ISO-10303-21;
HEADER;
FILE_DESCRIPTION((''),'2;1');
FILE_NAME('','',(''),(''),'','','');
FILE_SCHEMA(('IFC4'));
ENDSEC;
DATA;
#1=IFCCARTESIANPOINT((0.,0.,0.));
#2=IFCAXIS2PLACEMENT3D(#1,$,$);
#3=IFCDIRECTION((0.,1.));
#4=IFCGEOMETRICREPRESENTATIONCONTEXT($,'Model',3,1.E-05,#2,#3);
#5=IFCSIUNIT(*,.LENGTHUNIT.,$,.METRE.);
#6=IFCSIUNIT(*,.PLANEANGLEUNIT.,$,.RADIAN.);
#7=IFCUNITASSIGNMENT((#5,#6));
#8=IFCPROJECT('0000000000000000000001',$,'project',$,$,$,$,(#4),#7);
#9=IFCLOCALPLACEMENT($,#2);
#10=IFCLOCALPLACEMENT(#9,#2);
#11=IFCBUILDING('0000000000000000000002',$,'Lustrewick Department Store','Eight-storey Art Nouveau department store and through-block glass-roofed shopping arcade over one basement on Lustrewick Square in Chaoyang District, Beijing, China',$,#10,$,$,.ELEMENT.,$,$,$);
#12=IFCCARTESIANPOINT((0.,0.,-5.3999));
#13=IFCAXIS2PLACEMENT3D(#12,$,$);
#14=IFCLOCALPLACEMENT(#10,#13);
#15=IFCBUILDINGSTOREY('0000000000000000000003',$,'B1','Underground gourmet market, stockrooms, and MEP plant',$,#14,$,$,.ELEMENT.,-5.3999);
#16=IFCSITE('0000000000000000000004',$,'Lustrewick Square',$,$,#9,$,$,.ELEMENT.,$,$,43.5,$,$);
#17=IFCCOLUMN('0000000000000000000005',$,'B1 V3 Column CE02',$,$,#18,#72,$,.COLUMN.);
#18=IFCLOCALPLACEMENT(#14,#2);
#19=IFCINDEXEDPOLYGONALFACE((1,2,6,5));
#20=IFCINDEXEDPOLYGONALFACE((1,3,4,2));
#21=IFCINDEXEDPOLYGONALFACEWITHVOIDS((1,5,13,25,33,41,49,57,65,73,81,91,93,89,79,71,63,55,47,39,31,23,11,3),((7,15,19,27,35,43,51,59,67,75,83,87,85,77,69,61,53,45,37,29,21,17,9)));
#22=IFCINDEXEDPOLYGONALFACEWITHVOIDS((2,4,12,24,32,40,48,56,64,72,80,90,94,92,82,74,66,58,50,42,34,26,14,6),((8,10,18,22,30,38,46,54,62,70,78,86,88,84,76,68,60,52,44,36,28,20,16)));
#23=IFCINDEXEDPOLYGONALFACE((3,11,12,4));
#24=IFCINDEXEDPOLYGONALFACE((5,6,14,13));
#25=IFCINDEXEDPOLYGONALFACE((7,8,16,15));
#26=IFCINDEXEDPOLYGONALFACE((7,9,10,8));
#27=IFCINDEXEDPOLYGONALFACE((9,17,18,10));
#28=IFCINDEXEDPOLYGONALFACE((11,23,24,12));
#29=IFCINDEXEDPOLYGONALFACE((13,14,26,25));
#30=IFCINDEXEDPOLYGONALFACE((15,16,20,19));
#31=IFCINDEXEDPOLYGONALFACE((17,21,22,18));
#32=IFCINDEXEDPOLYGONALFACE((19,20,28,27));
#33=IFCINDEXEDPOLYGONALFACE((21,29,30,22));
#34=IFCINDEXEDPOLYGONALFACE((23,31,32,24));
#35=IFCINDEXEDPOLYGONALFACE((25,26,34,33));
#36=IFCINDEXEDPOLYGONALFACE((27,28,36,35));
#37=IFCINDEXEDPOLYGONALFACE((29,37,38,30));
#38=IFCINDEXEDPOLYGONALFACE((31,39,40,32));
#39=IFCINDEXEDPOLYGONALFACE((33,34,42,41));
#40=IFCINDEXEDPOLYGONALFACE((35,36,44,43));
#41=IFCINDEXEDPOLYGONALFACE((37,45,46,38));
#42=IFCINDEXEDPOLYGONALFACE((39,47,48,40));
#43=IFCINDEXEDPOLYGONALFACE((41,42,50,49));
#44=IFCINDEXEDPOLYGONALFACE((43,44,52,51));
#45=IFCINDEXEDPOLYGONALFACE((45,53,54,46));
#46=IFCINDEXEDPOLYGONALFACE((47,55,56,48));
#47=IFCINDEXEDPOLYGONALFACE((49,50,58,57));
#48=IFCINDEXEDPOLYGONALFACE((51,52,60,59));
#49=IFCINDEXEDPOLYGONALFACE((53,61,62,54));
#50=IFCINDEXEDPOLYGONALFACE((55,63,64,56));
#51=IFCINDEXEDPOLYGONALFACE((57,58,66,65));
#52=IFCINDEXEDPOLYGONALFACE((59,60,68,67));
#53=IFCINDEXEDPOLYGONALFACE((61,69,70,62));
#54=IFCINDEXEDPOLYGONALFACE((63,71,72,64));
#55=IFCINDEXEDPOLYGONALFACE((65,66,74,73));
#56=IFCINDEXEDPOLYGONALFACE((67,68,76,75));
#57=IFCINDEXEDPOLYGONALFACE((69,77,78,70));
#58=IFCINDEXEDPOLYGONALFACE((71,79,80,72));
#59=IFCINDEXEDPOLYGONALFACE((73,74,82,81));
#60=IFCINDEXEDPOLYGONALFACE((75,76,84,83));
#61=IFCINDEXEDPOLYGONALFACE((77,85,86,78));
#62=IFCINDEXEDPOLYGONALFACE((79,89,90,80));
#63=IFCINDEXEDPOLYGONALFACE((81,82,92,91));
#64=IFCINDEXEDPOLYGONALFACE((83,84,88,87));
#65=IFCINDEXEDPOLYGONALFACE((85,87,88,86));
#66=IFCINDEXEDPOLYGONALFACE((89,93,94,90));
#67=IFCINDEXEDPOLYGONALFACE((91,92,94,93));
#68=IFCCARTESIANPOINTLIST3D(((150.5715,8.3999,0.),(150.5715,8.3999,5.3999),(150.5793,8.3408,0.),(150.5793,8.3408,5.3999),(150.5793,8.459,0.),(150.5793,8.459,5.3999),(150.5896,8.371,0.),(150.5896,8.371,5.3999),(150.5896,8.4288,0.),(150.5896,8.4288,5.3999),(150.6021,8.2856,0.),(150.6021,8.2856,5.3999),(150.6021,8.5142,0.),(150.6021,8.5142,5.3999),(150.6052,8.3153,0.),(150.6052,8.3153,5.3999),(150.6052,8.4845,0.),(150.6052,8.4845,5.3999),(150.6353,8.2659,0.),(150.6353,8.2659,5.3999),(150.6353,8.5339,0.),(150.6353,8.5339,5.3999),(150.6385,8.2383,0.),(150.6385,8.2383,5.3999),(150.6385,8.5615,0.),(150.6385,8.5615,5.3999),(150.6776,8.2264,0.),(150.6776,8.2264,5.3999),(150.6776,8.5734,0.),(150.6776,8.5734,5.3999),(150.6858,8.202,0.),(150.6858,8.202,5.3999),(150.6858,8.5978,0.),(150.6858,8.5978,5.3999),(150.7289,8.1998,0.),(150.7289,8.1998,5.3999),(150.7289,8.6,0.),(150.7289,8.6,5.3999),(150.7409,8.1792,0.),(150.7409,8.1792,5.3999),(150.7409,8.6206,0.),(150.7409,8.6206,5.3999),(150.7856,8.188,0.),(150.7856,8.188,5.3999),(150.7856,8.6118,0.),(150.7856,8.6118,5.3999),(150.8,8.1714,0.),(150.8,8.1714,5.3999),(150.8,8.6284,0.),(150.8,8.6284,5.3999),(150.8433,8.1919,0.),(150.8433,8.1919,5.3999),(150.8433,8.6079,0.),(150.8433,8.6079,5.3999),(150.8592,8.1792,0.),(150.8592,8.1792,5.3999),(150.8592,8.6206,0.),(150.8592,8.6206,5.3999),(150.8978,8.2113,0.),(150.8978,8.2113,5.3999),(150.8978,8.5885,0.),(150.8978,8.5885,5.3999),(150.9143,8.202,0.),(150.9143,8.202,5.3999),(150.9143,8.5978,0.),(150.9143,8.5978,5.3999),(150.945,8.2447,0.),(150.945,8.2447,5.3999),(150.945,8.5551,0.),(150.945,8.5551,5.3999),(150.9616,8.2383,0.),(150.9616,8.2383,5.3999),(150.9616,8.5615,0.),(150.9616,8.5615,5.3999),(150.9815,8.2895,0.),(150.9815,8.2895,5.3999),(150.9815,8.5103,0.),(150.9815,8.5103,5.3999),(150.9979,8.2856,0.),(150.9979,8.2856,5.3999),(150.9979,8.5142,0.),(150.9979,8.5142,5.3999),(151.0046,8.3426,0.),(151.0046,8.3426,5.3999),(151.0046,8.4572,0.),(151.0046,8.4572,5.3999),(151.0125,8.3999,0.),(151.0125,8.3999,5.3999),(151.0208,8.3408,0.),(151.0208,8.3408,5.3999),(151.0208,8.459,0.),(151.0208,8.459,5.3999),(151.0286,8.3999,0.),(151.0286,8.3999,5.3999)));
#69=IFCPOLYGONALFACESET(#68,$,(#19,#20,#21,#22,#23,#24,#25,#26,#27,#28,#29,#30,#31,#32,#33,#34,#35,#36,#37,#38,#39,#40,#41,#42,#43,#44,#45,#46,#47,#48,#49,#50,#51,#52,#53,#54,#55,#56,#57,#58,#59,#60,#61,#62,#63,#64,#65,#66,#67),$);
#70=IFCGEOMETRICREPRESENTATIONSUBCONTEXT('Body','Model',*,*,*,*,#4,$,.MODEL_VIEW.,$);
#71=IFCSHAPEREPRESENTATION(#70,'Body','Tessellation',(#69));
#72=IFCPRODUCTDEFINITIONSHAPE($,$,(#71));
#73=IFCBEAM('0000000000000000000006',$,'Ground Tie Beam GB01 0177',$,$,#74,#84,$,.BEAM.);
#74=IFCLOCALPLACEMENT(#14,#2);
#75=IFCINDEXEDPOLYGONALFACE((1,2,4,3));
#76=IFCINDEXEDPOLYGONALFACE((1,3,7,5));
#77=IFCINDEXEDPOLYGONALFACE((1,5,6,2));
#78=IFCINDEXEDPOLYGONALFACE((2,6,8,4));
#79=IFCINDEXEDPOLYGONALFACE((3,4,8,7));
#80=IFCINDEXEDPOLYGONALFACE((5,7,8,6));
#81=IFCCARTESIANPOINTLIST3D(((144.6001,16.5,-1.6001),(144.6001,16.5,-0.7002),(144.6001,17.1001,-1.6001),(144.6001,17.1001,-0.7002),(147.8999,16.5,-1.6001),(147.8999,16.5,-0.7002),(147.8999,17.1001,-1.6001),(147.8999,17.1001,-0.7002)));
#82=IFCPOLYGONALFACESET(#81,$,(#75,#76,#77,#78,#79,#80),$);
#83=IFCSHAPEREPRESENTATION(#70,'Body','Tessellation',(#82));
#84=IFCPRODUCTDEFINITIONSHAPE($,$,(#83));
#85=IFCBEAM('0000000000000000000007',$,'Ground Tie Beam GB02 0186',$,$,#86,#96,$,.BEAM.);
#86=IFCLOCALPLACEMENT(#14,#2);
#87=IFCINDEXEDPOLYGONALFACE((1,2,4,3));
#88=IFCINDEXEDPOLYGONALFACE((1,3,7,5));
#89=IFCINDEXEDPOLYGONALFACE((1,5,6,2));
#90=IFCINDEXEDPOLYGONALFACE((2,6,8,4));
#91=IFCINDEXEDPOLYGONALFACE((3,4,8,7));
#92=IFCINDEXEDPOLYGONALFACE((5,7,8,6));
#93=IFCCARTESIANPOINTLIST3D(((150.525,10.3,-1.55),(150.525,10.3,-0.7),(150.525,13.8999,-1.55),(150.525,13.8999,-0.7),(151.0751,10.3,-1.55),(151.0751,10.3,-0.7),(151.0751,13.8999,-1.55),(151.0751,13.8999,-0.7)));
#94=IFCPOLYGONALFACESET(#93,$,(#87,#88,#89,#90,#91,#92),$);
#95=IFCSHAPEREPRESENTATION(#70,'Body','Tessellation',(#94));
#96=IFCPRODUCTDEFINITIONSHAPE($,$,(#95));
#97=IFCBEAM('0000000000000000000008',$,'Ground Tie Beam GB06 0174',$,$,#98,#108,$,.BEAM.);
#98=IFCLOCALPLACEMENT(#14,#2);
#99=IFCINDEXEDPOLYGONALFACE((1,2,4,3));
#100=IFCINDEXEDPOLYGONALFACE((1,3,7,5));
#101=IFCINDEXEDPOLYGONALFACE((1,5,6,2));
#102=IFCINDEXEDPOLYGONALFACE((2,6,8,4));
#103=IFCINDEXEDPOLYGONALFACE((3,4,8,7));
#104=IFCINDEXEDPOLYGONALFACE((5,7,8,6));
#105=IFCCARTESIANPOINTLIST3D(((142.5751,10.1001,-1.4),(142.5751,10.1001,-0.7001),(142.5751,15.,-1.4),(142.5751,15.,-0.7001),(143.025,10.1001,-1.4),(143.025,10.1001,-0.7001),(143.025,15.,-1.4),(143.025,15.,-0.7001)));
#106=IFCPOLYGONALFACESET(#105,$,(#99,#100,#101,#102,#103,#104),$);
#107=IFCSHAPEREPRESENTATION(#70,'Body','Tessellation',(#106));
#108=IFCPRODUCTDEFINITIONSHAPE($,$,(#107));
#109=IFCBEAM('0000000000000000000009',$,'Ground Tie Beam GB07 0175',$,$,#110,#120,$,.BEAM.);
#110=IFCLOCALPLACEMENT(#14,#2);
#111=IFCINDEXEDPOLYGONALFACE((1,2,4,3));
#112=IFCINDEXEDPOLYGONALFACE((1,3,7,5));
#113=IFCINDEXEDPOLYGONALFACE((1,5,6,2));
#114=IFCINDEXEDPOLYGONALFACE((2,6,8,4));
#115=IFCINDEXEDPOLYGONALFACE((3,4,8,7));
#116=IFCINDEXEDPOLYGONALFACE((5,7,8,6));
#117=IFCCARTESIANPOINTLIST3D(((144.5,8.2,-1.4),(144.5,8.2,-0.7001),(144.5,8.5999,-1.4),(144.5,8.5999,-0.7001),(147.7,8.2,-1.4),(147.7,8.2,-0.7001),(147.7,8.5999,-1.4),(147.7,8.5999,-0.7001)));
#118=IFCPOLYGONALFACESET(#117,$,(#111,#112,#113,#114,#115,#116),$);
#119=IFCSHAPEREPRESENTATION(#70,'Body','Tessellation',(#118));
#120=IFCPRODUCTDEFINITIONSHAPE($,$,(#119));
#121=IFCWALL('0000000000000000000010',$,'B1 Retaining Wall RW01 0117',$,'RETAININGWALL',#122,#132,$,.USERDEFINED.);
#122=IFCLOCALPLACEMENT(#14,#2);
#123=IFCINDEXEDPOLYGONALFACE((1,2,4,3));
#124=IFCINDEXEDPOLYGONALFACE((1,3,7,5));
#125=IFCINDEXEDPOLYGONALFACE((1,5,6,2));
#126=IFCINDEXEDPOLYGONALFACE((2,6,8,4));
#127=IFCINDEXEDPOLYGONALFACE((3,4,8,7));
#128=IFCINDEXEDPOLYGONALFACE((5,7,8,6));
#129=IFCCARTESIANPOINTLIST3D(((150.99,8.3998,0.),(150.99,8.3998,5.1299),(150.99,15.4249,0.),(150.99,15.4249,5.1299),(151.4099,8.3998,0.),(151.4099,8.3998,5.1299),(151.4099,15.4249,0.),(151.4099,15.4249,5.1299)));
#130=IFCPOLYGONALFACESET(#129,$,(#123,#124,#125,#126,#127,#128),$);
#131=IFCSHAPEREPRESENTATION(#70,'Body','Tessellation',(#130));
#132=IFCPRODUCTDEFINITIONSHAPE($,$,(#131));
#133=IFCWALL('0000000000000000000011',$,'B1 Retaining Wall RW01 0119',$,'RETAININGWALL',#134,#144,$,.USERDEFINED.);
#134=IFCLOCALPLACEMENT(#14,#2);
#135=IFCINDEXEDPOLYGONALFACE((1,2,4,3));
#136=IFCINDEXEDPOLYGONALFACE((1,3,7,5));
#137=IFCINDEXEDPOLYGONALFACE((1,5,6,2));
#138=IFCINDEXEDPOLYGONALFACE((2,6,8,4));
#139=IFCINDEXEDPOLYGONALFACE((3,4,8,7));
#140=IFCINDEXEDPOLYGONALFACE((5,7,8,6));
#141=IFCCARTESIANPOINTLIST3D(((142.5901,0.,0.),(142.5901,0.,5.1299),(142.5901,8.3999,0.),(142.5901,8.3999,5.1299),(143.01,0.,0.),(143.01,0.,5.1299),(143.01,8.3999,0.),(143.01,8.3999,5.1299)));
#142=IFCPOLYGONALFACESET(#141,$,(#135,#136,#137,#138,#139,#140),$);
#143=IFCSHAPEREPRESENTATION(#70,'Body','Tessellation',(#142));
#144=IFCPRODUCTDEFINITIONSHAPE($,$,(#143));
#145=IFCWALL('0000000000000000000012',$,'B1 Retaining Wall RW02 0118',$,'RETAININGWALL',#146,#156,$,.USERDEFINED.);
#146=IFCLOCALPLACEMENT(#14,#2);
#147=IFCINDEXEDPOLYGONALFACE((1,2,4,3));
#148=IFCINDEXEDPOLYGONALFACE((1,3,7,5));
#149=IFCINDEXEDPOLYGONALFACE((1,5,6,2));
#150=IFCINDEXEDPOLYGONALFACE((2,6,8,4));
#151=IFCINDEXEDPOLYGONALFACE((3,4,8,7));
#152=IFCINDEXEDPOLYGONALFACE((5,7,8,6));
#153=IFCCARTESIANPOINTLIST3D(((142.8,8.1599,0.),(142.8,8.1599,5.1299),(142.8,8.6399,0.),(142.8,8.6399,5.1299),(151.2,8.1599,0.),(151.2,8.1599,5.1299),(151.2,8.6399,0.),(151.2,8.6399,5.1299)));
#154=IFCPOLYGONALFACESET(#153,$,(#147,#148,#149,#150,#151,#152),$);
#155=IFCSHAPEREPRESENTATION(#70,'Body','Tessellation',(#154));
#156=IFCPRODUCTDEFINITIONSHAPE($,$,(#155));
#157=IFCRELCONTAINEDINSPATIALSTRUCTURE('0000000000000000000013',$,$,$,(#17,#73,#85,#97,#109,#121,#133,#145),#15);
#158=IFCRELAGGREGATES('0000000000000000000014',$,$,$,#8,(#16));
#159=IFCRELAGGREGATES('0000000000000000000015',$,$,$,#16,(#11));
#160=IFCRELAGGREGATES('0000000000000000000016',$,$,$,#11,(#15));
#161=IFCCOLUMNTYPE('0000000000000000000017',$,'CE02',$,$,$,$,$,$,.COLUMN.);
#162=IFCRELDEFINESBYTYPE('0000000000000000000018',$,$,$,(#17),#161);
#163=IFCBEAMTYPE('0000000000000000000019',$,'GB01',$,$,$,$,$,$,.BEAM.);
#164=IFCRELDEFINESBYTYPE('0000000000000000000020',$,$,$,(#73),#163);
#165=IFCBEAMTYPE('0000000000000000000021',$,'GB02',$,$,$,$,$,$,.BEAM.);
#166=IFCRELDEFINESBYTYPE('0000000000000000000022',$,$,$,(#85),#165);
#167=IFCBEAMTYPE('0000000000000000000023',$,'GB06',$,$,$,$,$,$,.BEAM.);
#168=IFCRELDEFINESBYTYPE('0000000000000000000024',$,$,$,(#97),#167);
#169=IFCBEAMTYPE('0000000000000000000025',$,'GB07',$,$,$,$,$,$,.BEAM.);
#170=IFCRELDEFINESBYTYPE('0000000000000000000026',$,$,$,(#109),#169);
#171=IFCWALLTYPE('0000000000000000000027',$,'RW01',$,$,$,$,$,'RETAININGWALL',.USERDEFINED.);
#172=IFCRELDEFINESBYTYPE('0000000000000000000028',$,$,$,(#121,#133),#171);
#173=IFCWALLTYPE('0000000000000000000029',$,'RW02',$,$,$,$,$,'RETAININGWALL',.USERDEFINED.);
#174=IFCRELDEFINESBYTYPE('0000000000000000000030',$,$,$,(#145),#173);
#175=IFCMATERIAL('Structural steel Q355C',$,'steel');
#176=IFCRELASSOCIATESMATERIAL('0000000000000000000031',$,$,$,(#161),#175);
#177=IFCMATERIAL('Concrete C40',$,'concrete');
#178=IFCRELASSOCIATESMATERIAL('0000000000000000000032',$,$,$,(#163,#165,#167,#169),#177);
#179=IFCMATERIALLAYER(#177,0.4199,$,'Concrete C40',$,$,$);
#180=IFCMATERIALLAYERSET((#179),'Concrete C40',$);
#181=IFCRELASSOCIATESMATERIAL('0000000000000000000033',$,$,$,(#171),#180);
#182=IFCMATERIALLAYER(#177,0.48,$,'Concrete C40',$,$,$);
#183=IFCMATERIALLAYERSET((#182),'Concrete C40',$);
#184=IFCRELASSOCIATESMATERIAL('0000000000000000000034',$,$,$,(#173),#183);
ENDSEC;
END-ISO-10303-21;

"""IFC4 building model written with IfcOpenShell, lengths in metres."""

from ifc_helpers import new_model, si_unit, direction, frame, frame_2d, origin, origin_2d, place, context, subcontext, project, spatial, rectangle, hollow_circle, extrude, material, layer, layer_set, material_profile, profile_set, type_object, element, save


model = new_model("IFC4")

# Units and contexts
model_context = context("Model", 3, precision=1e-05, world=origin(), true_north=direction((0.0, 1.0)))
body_context = subcontext(model_context, "Body", "Model", "MODEL_VIEW")
ifc_project = project(units=[si_unit("LENGTHUNIT", "METRE"), si_unit("PLANEANGLEUNIT", "RADIAN")], contexts=[model_context])

# Site, building, storey
site_placement = place(None, origin())
site = spatial("IfcSite", under=ifc_project, at=site_placement, Name="Lustrewick Square", CompositionType="ELEMENT", RefElevation=43.5)
building_placement = place(site_placement, origin())
building = spatial("IfcBuilding", under=site, at=building_placement, Name="Lustrewick Department Store", Description="Eight-storey Art Nouveau department store and through-block glass-roofed shopping arcade over one basement on Lustrewick Square in Chaoyang District, Beijing, China", CompositionType="ELEMENT")
storey_placement = place(building_placement, frame((0.0, 0.0, -5.3999)))
storey = spatial("IfcBuildingStorey", under=building, at=storey_placement, Name="B1", Description="Underground gourmet market, stockrooms, and MEP plant", CompositionType="ELEMENT", Elevation=-5.3999)

# Shared definitions
ifc_material_1 = material(Name="Concrete C40", Category="concrete")

# Column
ifc_material_2 = material(Name="Structural steel Q355C", Category="steel")
ifc_material_profile_1 = material_profile(ifc_material_2, hollow_circle(Radius=0.2285, WallThickness=0.0161, at=origin_2d()), Name="CHS 457x16")
ifc_profile_set_1 = profile_set([ifc_material_profile_1], Name="Structural steel Q355C")
column_type_1 = type_object("IfcColumnType", Name="CE02", PredefinedType="COLUMN", material=ifc_profile_set_1)
for number, where, z_axis, x_axis, name in (
    (1, (150.8, 8.3999, 0.0), (0.0, 0.0, 1.0), (1.0, 0.0, 0.0), "B1 V3 Column CE02"),
):
    element("IfcColumn", number, at=place(storey_placement, frame(where, z_axis=z_axis, x_axis=x_axis)), inside=storey, type_object=column_type_1, Name=name, PredefinedType="COLUMN", context=body_context, shape_type="SweptSolid", body=[
        extrude(hollow_circle(Radius=0.2285, WallThickness=0.0161, at=origin_2d()), origin(), (0.0, 0.0, 1.0), 5.3999),
    ])

# Beams
ifc_material_profile_2 = material_profile(ifc_material_1, rectangle(XDim=0.6001, YDim=0.8999, at=origin_2d()), Name="RC 600x900")
ifc_profile_set_2 = profile_set([ifc_material_profile_2], Name="Concrete C40")
beam_type_1 = type_object("IfcBeamType", Name="GB01", PredefinedType="BEAM", material=ifc_profile_set_2)
beam_1_placement = place(storey_placement, frame((144.6001, 16.8, -1.1501), z_axis=(1.0, 0.0, 0.0), x_axis=(0.0, 1.0, 0.0)))
element("IfcBeam", 2, at=beam_1_placement, inside=storey, type_object=beam_type_1, Name="Ground Tie Beam GB01 0177", PredefinedType="BEAM", context=body_context, shape_type="SweptSolid", body=[
    extrude(rectangle(XDim=0.6001, YDim=0.8999, at=origin_2d()), origin(), (0.0, 0.0, 1.0), 3.2998),
])
ifc_material_profile_3 = material_profile(ifc_material_1, rectangle(XDim=0.55, YDim=0.8501, at=origin_2d()), Name="RC 550x850")
ifc_profile_set_3 = profile_set([ifc_material_profile_3], Name="Concrete C40")
beam_type_2 = type_object("IfcBeamType", Name="GB02", PredefinedType="BEAM", material=ifc_profile_set_3)
beam_2_placement = place(storey_placement, frame((150.8, 10.3, -1.125), z_axis=(0.0, 1.0, 0.0), x_axis=(-1.0, 0.0, 0.0)))
element("IfcBeam", 3, at=beam_2_placement, inside=storey, type_object=beam_type_2, Name="Ground Tie Beam GB02 0186", PredefinedType="BEAM", context=body_context, shape_type="SweptSolid", body=[
    extrude(rectangle(XDim=0.55, YDim=0.8501, at=origin_2d()), origin(), (0.0, 0.0, 1.0), 3.5999),
])
ifc_material_profile_4 = material_profile(ifc_material_1, rectangle(XDim=0.45, YDim=0.7, at=origin_2d()), Name="RC 450x700")
ifc_profile_set_4 = profile_set([ifc_material_profile_4], Name="Concrete C40")
beam_type_3 = type_object("IfcBeamType", Name="GB06", PredefinedType="BEAM", material=ifc_profile_set_4)
beam_3_placement = place(storey_placement, frame((142.8, 10.1001, -1.05), z_axis=(0.0, 1.0, 0.0), x_axis=(-1.0, 0.0, 0.0)))
element("IfcBeam", 4, at=beam_3_placement, inside=storey, type_object=beam_type_3, Name="Ground Tie Beam GB06 0174", PredefinedType="BEAM", context=body_context, shape_type="SweptSolid", body=[
    extrude(rectangle(XDim=0.45, YDim=0.7, at=origin_2d()), origin(), (0.0, 0.0, 1.0), 4.8999),
])
ifc_material_profile_5 = material_profile(ifc_material_1, rectangle(XDim=0.3999, YDim=0.7, at=origin_2d()), Name="RC 400x700")
ifc_profile_set_5 = profile_set([ifc_material_profile_5], Name="Concrete C40")
beam_type_4 = type_object("IfcBeamType", Name="GB07", PredefinedType="BEAM", material=ifc_profile_set_5)
beam_4_placement = place(storey_placement, frame((144.5, 8.3999, -1.05), z_axis=(1.0, 0.0, 0.0), x_axis=(0.0, 1.0, 0.0)))
element("IfcBeam", 5, at=beam_4_placement, inside=storey, type_object=beam_type_4, Name="Ground Tie Beam GB07 0175", PredefinedType="BEAM", context=body_context, shape_type="SweptSolid", body=[
    extrude(rectangle(XDim=0.3999, YDim=0.7, at=origin_2d()), origin(), (0.0, 0.0, 1.0), 3.2),
])

# Walls
ifc_layer_1 = layer(ifc_material_1, 0.4199, Name="Concrete C40")
ifc_layer_set_1 = layer_set([ifc_layer_1], Name="Concrete C40")
wall_type_1 = type_object("IfcWallType", Name="RW01", ElementType="RETAININGWALL", PredefinedType="USERDEFINED", material=ifc_layer_set_1)
wall_1_placement = place(storey_placement, frame((151.2, 15.425, 0.0), z_axis=(0.0, 0.0, 1.0), x_axis=(0.0, -1.0, 0.0)))
element("IfcWall", 6, at=wall_1_placement, inside=storey, type_object=wall_type_1, Name="B1 Retaining Wall RW01 0117", ObjectType="RETAININGWALL", PredefinedType="USERDEFINED", context=body_context, shape_type="SweptSolid", body=[
    extrude(rectangle(XDim=7.0251, YDim=0.4199, at=frame_2d((3.5127, 0.0))), origin(), (0.0, 0.0, 1.0), 5.1299),
])
wall_2_placement = place(storey_placement, frame((142.8, 8.3999, 0.0), z_axis=(0.0, 0.0, 1.0), x_axis=(0.0, -1.0, 0.0)))
element("IfcWall", 7, at=wall_2_placement, inside=storey, type_object=wall_type_1, Name="B1 Retaining Wall RW01 0119", ObjectType="RETAININGWALL", PredefinedType="USERDEFINED", context=body_context, shape_type="SweptSolid", body=[
    extrude(rectangle(XDim=8.3999, YDim=0.4199, at=frame_2d((4.2, 0.0))), origin(), (0.0, 0.0, 1.0), 5.1299),
])
ifc_layer_2 = layer(ifc_material_1, 0.48, Name="Concrete C40")
ifc_layer_set_2 = layer_set([ifc_layer_2], Name="Concrete C40")
wall_type_2 = type_object("IfcWallType", Name="RW02", ElementType="RETAININGWALL", PredefinedType="USERDEFINED", material=ifc_layer_set_2)
wall_3_placement = place(storey_placement, frame((151.2, 8.3999, 0.0), z_axis=(0.0, 0.0, 1.0), x_axis=(-1.0, 0.0, 0.0)))
element("IfcWall", 8, at=wall_3_placement, inside=storey, type_object=wall_type_2, Name="B1 Retaining Wall RW02 0118", ObjectType="RETAININGWALL", PredefinedType="USERDEFINED", context=body_context, shape_type="SweptSolid", body=[
    extrude(rectangle(XDim=8.3999, YDim=0.48, at=frame_2d((4.2, 0.0))), origin(), (0.0, 0.0, 1.0), 5.1299),
])

save(model, "model.ifc")
